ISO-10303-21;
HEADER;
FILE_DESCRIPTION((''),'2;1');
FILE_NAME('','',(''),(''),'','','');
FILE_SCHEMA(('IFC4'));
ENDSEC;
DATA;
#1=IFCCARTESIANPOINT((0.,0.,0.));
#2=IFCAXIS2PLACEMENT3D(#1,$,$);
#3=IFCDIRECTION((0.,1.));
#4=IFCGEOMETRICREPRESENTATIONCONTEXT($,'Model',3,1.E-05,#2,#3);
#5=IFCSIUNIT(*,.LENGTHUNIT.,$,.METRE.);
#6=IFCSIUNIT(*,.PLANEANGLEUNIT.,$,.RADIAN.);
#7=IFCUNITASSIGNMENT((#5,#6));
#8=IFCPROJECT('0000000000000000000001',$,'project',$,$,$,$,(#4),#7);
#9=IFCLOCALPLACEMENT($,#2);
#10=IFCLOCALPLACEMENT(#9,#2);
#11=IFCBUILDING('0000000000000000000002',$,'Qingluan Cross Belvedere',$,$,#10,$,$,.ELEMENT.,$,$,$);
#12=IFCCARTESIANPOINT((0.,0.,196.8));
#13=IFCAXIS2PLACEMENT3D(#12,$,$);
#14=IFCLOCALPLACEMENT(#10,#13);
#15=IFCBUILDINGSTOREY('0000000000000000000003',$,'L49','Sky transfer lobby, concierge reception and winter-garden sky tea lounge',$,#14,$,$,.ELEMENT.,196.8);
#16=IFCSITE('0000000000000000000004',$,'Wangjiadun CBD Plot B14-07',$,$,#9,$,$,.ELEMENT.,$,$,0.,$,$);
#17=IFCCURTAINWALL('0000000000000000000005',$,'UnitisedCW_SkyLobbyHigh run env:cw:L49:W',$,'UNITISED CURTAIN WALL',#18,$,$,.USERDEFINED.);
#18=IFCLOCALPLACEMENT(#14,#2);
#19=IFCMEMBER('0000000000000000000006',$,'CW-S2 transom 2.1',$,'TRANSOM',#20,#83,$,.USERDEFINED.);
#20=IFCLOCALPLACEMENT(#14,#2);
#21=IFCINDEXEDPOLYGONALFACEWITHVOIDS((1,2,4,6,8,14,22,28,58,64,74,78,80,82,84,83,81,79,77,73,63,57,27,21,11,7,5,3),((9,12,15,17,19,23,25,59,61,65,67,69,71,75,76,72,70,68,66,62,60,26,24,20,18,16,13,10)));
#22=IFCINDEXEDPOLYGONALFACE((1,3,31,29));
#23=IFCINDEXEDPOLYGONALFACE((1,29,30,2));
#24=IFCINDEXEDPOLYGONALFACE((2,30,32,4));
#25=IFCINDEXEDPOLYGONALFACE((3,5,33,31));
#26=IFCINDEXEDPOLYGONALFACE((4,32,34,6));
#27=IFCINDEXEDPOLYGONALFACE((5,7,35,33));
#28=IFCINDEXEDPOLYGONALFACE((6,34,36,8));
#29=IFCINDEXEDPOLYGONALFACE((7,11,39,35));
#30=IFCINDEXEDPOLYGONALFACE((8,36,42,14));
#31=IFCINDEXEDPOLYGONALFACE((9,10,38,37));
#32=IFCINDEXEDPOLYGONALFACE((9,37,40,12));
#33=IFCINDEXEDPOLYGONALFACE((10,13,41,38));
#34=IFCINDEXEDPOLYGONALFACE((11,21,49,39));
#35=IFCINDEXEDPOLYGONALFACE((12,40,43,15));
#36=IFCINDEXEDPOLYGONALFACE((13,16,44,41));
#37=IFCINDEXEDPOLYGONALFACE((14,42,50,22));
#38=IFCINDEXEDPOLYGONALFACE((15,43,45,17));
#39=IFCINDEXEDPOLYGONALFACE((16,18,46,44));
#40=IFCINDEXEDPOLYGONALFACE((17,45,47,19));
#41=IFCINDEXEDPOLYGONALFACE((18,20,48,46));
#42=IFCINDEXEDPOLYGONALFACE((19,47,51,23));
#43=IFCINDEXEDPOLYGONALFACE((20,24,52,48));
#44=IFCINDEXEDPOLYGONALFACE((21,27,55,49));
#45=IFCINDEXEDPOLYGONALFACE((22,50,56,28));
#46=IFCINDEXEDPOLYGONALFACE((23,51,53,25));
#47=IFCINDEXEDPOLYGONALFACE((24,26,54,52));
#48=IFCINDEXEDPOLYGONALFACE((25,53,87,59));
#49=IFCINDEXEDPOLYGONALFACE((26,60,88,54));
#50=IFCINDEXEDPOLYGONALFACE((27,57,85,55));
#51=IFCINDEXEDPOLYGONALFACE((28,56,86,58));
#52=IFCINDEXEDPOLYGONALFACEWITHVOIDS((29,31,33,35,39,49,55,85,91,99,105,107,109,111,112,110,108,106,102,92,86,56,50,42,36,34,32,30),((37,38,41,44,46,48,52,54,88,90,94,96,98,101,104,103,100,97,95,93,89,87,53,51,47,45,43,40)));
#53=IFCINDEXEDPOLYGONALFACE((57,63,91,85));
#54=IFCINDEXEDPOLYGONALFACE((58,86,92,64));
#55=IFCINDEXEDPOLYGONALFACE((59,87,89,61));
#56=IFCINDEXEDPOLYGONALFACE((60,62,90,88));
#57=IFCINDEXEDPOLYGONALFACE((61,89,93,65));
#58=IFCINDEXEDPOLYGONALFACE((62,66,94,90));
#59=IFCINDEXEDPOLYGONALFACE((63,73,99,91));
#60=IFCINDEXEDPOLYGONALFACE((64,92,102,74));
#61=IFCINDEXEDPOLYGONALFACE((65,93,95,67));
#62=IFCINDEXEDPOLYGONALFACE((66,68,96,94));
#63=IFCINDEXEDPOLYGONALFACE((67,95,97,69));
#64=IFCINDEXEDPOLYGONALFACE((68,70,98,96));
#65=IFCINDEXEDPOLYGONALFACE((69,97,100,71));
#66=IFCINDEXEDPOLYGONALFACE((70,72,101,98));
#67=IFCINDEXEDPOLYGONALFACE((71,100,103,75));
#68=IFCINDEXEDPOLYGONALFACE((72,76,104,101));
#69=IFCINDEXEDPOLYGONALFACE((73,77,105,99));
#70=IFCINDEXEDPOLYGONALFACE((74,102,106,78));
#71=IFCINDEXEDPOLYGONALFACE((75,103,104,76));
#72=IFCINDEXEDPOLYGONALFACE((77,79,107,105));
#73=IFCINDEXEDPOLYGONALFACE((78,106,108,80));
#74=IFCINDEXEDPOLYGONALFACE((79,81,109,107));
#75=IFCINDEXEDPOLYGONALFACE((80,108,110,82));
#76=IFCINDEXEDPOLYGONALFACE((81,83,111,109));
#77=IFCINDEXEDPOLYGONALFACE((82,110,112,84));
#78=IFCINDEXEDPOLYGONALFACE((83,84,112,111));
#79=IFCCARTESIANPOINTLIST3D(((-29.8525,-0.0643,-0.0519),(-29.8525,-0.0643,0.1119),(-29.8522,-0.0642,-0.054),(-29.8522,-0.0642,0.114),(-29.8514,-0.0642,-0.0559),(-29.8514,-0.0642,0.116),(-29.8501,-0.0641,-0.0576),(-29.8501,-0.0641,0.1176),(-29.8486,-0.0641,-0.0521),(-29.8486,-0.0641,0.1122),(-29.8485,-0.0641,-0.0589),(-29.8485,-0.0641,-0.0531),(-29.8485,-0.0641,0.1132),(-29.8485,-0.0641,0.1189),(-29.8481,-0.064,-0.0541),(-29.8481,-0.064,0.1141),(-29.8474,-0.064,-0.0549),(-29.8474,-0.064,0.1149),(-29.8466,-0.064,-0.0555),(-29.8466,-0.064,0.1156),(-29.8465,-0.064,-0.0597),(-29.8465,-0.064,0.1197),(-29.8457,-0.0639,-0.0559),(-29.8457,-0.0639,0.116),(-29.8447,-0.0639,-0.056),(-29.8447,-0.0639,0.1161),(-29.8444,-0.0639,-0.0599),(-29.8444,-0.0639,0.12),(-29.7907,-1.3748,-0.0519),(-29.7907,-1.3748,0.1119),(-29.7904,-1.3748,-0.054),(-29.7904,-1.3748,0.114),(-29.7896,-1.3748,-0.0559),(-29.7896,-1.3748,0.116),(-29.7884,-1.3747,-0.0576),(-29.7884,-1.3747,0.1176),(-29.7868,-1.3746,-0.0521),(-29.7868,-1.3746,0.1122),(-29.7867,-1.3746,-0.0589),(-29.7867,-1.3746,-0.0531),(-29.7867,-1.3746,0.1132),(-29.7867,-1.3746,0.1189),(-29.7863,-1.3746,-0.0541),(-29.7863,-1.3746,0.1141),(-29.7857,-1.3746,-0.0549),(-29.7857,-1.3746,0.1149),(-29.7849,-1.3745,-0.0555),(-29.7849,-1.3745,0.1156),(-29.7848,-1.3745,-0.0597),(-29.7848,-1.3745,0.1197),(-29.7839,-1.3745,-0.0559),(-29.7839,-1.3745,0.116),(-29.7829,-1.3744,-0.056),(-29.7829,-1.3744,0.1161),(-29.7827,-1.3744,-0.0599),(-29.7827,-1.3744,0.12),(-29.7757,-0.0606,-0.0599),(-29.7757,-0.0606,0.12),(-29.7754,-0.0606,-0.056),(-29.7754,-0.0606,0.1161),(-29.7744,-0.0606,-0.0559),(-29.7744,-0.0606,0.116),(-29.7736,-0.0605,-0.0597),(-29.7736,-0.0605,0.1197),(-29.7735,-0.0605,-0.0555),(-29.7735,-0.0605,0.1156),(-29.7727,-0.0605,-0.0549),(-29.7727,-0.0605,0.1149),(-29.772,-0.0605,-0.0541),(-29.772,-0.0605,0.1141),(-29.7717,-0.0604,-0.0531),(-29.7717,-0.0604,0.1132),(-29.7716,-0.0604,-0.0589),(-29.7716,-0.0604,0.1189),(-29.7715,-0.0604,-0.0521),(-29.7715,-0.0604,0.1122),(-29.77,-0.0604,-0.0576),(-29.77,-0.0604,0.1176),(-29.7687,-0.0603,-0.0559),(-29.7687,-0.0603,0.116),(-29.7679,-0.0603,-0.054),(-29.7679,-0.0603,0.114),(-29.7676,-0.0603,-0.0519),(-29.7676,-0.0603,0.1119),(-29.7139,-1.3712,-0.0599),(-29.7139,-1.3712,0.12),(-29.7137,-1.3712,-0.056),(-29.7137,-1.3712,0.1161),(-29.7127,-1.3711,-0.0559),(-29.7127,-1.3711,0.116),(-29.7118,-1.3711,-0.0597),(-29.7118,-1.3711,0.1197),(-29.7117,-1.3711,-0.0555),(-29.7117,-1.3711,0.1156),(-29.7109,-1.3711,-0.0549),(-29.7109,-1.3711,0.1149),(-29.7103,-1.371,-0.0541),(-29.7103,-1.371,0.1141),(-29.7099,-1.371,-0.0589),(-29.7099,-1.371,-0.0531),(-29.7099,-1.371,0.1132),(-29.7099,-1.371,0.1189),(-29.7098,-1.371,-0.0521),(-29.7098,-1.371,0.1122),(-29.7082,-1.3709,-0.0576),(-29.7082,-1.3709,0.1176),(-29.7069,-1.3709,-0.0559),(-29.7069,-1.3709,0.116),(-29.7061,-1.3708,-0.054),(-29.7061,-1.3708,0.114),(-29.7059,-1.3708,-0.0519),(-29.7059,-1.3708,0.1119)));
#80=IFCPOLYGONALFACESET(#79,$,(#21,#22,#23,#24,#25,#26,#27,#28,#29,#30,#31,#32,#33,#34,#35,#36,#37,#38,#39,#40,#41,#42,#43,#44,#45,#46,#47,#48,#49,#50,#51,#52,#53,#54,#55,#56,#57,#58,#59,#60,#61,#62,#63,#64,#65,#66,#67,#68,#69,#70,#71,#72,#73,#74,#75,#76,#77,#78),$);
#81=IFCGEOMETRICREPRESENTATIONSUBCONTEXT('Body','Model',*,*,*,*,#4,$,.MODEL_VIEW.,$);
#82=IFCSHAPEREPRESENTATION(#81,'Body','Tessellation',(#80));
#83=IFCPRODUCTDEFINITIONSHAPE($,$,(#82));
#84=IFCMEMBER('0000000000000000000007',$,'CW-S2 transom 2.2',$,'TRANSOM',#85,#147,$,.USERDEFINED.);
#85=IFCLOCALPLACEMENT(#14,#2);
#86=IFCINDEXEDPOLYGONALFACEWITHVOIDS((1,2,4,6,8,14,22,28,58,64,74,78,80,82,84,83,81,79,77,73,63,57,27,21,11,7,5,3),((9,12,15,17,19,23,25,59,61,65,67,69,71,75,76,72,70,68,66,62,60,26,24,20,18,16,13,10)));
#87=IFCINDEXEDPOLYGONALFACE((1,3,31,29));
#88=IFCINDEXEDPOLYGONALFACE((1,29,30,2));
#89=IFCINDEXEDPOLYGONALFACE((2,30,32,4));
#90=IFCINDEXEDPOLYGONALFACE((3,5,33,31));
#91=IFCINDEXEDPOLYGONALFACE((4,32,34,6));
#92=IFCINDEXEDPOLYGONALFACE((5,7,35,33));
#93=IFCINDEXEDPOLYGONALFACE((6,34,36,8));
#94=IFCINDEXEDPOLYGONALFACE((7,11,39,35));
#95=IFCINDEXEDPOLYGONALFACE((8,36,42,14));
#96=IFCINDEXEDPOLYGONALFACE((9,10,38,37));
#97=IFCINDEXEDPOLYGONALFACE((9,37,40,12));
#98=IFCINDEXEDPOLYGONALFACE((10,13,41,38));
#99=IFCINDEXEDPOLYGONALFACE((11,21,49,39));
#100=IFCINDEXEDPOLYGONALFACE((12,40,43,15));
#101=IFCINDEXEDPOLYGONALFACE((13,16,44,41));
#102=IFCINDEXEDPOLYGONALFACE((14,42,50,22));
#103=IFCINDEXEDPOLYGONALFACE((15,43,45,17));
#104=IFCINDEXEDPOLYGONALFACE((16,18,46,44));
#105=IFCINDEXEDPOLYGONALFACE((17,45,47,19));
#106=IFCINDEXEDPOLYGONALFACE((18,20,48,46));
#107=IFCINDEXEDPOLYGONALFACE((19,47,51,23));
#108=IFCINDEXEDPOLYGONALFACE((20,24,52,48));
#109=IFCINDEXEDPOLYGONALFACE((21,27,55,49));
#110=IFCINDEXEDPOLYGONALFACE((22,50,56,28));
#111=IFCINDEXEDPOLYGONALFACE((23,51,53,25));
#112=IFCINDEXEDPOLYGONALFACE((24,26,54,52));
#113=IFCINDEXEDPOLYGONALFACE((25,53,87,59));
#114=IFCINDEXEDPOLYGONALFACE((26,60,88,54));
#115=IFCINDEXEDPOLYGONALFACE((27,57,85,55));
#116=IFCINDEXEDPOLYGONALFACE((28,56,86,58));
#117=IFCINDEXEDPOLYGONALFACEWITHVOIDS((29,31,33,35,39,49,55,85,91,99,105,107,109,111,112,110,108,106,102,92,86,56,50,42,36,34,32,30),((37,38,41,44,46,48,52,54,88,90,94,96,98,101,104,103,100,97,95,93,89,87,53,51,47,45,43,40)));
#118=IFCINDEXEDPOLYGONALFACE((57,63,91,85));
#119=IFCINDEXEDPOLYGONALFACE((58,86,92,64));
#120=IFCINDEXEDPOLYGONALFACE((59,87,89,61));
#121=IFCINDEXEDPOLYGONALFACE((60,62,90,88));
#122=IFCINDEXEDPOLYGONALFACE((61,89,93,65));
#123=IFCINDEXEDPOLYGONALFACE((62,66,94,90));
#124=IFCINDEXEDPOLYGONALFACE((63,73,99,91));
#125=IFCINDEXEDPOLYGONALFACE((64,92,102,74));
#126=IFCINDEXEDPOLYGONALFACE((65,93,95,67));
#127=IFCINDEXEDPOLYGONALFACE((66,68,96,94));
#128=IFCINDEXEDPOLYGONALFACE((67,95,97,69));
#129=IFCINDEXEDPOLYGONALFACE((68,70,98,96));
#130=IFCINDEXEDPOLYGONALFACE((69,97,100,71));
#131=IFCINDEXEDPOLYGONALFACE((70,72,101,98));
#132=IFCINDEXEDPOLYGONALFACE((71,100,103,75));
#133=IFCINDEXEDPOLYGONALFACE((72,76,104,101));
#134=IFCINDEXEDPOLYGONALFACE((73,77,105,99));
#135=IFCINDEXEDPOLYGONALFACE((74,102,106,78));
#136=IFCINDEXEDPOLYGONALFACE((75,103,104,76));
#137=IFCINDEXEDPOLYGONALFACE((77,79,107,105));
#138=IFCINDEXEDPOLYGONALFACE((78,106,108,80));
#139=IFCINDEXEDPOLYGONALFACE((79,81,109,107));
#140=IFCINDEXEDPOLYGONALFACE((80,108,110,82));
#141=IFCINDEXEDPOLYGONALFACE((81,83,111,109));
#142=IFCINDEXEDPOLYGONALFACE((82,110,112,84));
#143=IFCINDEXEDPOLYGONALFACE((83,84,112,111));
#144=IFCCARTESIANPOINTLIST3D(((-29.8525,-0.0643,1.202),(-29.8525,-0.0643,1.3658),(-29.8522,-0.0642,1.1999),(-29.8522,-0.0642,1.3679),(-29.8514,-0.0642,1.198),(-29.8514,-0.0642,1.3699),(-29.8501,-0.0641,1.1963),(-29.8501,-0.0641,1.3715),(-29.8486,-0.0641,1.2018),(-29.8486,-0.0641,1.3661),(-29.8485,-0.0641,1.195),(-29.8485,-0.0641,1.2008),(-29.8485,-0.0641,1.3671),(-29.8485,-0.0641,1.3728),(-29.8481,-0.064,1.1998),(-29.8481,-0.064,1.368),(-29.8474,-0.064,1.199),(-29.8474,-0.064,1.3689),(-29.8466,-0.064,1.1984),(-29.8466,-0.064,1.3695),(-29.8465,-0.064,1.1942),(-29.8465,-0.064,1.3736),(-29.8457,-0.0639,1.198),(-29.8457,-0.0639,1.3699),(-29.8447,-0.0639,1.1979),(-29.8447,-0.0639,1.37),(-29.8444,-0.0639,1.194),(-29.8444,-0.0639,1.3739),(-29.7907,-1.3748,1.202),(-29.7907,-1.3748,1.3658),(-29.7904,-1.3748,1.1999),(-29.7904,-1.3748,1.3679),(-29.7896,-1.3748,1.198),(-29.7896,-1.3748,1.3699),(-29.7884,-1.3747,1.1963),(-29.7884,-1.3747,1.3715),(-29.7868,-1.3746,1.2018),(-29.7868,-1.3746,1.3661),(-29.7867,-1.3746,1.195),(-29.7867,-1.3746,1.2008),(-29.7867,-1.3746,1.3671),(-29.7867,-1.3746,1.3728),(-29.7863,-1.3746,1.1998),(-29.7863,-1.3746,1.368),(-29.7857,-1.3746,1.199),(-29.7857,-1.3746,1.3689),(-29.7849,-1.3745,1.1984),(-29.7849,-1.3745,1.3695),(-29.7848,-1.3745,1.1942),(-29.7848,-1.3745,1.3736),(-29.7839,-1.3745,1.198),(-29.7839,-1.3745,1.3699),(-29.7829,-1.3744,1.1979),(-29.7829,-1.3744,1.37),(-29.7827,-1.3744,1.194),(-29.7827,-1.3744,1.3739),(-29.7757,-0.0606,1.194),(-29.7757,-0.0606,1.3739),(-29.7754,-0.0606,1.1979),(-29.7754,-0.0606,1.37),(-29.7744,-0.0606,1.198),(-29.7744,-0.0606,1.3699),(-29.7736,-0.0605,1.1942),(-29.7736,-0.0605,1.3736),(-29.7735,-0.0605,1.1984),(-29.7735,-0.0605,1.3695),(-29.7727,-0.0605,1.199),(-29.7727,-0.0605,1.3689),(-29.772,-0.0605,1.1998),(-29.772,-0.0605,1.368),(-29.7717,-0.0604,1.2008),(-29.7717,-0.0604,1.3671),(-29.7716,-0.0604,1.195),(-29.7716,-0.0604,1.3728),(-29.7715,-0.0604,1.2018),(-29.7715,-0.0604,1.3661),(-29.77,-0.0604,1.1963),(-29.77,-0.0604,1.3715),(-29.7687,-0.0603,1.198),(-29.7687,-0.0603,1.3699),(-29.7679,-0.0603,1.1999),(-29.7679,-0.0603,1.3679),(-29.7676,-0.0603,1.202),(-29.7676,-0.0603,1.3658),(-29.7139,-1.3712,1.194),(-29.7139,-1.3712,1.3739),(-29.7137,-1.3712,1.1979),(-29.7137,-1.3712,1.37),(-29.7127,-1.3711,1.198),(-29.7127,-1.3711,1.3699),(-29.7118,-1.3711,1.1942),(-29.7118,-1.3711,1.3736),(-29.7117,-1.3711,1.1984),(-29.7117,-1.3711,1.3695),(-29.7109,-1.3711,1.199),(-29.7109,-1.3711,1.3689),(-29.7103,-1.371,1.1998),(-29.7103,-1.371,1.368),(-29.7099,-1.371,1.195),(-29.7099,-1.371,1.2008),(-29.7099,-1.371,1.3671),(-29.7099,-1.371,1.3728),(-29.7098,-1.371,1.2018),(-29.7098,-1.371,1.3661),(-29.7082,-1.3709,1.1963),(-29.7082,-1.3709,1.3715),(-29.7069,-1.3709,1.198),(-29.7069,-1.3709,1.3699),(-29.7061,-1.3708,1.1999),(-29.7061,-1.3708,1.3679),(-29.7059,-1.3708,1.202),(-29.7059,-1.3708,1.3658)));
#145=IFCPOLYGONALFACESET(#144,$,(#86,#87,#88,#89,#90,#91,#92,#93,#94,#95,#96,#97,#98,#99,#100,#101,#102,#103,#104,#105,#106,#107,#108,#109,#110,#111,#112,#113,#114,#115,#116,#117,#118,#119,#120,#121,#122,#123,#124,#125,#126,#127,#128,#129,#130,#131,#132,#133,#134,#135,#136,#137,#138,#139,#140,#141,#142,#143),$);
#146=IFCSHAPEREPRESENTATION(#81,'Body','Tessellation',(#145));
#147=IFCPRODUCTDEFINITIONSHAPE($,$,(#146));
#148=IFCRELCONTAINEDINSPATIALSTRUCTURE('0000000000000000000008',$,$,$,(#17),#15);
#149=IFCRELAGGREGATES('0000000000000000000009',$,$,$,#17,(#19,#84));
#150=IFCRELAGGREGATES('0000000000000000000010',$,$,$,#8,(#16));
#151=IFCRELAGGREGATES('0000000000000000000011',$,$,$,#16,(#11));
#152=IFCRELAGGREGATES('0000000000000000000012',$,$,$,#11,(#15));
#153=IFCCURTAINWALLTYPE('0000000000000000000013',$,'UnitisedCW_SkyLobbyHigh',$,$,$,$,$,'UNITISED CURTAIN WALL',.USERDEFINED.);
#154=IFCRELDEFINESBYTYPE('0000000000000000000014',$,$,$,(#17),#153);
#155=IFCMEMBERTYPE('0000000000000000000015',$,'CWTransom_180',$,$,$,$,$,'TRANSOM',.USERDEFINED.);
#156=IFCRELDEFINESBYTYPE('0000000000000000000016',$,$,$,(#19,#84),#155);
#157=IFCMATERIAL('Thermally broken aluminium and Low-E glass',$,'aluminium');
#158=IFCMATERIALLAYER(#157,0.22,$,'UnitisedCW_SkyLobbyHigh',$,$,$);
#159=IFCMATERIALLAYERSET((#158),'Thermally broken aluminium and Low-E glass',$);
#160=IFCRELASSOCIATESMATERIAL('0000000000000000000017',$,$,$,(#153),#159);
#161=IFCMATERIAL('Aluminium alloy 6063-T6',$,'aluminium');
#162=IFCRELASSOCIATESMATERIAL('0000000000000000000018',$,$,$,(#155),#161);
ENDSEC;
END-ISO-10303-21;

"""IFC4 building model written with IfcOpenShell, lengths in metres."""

from ifc_helpers import new_model, si_unit, direction, frame, origin, origin_2d, place, context, subcontext, project, spatial, hollow_rectangle, extrude, material, layer, layer_set, material_profile, profile_set, type_object, element, aggregate, save


model = new_model("IFC4")

# Units and contexts
model_context = context("Model", 3, precision=1e-05, world=origin(), true_north=direction((0.0, 1.0)))
body_context = subcontext(model_context, "Body", "Model", "MODEL_VIEW")
ifc_project = project(units=[si_unit("LENGTHUNIT", "METRE"), si_unit("PLANEANGLEUNIT", "RADIAN")], contexts=[model_context])

# Site, building, storey
site_placement = place(None, origin())
site = spatial("IfcSite", under=ifc_project, at=site_placement, Name="Wangjiadun CBD Plot B14-07", CompositionType="ELEMENT", RefElevation=0.0)
building_placement = place(site_placement, origin())
building = spatial("IfcBuilding", under=site, at=building_placement, Name="Qingluan Cross Belvedere", CompositionType="ELEMENT")
storey_placement = place(building_placement, frame((0.0, 0.0, 196.8)))
storey = spatial("IfcBuildingStorey", under=building, at=storey_placement, Name="L49", Description="Sky transfer lobby, concierge reception and winter-garden sky tea lounge", CompositionType="ELEMENT", Elevation=196.8)

# Curtain wall, members
ifc_material_1 = material(Name="Thermally broken aluminium and Low-E glass", Category="aluminium")
ifc_layer_1 = layer(ifc_material_1, 0.22, Name="UnitisedCW_SkyLobbyHigh")
ifc_layer_set_1 = layer_set([ifc_layer_1], Name="Thermally broken aluminium and Low-E glass")
curtain_wall_type = type_object("IfcCurtainWallType", Name="UnitisedCW_SkyLobbyHigh", ElementType="UNITISED CURTAIN WALL", PredefinedType="USERDEFINED", material=ifc_layer_set_1)
curtain_wall_placement = place(storey_placement, origin())
curtain_wall = element("IfcCurtainWall", 1, at=curtain_wall_placement, inside=storey, type_object=curtain_wall_type, Name="UnitisedCW_SkyLobbyHigh run env:cw:L49:W", ObjectType="UNITISED CURTAIN WALL", PredefinedType="USERDEFINED")
ifc_material_2 = material(Name="Aluminium alloy 6063-T6", Category="aluminium")
ifc_material_profile_1 = material_profile(ifc_material_2, hollow_rectangle(XDim=0.085, YDim=0.1799, WallThickness=0.0039, InnerFilletRadius=0.0039, OuterFilletRadius=0.0081, at=origin_2d()), Name="CWT180x85x4")
ifc_profile_set_1 = profile_set([ifc_material_profile_1], Name="Aluminium alloy 6063-T6")
member_type_1 = type_object("IfcMemberType", Name="CWTransom_180", ElementType="TRANSOM", PredefinedType="USERDEFINED", material=ifc_profile_set_1)
member_1_placement = place(storey_placement, frame((-29.8101, -0.0623, 0.03), z_axis=(0.047079, -0.998891, 0.0), x_axis=(0.998891, 0.047079, 0.0)))
member_1 = element("IfcMember", 2, at=member_1_placement, type_object=member_type_1, Name="CW-S2 transom 2.1", ObjectType="TRANSOM", PredefinedType="USERDEFINED", context=body_context, shape_type="SweptSolid", body=[
    extrude(hollow_rectangle(XDim=0.085, YDim=0.1799, WallThickness=0.0039, InnerFilletRadius=0.0039, OuterFilletRadius=0.0081, at=origin_2d()), origin(), (0.0, 0.0, 1.0), 1.312),
])
member_2_placement = place(storey_placement, frame((-29.8101, -0.0623, 1.2839), z_axis=(0.047079, -0.998891, 0.0), x_axis=(0.998891, 0.047079, 0.0)))
member_2 = element("IfcMember", 3, at=member_2_placement, type_object=member_type_1, Name="CW-S2 transom 2.2", ObjectType="TRANSOM", PredefinedType="USERDEFINED", context=body_context, shape_type="SweptSolid", body=[
    extrude(hollow_rectangle(XDim=0.085, YDim=0.1799, WallThickness=0.0039, InnerFilletRadius=0.0039, OuterFilletRadius=0.0081, at=origin_2d()), origin(), (0.0, 0.0, 1.0), 1.312),
])
aggregate(curtain_wall, [member_1, member_2])

save(model, "model.ifc")
